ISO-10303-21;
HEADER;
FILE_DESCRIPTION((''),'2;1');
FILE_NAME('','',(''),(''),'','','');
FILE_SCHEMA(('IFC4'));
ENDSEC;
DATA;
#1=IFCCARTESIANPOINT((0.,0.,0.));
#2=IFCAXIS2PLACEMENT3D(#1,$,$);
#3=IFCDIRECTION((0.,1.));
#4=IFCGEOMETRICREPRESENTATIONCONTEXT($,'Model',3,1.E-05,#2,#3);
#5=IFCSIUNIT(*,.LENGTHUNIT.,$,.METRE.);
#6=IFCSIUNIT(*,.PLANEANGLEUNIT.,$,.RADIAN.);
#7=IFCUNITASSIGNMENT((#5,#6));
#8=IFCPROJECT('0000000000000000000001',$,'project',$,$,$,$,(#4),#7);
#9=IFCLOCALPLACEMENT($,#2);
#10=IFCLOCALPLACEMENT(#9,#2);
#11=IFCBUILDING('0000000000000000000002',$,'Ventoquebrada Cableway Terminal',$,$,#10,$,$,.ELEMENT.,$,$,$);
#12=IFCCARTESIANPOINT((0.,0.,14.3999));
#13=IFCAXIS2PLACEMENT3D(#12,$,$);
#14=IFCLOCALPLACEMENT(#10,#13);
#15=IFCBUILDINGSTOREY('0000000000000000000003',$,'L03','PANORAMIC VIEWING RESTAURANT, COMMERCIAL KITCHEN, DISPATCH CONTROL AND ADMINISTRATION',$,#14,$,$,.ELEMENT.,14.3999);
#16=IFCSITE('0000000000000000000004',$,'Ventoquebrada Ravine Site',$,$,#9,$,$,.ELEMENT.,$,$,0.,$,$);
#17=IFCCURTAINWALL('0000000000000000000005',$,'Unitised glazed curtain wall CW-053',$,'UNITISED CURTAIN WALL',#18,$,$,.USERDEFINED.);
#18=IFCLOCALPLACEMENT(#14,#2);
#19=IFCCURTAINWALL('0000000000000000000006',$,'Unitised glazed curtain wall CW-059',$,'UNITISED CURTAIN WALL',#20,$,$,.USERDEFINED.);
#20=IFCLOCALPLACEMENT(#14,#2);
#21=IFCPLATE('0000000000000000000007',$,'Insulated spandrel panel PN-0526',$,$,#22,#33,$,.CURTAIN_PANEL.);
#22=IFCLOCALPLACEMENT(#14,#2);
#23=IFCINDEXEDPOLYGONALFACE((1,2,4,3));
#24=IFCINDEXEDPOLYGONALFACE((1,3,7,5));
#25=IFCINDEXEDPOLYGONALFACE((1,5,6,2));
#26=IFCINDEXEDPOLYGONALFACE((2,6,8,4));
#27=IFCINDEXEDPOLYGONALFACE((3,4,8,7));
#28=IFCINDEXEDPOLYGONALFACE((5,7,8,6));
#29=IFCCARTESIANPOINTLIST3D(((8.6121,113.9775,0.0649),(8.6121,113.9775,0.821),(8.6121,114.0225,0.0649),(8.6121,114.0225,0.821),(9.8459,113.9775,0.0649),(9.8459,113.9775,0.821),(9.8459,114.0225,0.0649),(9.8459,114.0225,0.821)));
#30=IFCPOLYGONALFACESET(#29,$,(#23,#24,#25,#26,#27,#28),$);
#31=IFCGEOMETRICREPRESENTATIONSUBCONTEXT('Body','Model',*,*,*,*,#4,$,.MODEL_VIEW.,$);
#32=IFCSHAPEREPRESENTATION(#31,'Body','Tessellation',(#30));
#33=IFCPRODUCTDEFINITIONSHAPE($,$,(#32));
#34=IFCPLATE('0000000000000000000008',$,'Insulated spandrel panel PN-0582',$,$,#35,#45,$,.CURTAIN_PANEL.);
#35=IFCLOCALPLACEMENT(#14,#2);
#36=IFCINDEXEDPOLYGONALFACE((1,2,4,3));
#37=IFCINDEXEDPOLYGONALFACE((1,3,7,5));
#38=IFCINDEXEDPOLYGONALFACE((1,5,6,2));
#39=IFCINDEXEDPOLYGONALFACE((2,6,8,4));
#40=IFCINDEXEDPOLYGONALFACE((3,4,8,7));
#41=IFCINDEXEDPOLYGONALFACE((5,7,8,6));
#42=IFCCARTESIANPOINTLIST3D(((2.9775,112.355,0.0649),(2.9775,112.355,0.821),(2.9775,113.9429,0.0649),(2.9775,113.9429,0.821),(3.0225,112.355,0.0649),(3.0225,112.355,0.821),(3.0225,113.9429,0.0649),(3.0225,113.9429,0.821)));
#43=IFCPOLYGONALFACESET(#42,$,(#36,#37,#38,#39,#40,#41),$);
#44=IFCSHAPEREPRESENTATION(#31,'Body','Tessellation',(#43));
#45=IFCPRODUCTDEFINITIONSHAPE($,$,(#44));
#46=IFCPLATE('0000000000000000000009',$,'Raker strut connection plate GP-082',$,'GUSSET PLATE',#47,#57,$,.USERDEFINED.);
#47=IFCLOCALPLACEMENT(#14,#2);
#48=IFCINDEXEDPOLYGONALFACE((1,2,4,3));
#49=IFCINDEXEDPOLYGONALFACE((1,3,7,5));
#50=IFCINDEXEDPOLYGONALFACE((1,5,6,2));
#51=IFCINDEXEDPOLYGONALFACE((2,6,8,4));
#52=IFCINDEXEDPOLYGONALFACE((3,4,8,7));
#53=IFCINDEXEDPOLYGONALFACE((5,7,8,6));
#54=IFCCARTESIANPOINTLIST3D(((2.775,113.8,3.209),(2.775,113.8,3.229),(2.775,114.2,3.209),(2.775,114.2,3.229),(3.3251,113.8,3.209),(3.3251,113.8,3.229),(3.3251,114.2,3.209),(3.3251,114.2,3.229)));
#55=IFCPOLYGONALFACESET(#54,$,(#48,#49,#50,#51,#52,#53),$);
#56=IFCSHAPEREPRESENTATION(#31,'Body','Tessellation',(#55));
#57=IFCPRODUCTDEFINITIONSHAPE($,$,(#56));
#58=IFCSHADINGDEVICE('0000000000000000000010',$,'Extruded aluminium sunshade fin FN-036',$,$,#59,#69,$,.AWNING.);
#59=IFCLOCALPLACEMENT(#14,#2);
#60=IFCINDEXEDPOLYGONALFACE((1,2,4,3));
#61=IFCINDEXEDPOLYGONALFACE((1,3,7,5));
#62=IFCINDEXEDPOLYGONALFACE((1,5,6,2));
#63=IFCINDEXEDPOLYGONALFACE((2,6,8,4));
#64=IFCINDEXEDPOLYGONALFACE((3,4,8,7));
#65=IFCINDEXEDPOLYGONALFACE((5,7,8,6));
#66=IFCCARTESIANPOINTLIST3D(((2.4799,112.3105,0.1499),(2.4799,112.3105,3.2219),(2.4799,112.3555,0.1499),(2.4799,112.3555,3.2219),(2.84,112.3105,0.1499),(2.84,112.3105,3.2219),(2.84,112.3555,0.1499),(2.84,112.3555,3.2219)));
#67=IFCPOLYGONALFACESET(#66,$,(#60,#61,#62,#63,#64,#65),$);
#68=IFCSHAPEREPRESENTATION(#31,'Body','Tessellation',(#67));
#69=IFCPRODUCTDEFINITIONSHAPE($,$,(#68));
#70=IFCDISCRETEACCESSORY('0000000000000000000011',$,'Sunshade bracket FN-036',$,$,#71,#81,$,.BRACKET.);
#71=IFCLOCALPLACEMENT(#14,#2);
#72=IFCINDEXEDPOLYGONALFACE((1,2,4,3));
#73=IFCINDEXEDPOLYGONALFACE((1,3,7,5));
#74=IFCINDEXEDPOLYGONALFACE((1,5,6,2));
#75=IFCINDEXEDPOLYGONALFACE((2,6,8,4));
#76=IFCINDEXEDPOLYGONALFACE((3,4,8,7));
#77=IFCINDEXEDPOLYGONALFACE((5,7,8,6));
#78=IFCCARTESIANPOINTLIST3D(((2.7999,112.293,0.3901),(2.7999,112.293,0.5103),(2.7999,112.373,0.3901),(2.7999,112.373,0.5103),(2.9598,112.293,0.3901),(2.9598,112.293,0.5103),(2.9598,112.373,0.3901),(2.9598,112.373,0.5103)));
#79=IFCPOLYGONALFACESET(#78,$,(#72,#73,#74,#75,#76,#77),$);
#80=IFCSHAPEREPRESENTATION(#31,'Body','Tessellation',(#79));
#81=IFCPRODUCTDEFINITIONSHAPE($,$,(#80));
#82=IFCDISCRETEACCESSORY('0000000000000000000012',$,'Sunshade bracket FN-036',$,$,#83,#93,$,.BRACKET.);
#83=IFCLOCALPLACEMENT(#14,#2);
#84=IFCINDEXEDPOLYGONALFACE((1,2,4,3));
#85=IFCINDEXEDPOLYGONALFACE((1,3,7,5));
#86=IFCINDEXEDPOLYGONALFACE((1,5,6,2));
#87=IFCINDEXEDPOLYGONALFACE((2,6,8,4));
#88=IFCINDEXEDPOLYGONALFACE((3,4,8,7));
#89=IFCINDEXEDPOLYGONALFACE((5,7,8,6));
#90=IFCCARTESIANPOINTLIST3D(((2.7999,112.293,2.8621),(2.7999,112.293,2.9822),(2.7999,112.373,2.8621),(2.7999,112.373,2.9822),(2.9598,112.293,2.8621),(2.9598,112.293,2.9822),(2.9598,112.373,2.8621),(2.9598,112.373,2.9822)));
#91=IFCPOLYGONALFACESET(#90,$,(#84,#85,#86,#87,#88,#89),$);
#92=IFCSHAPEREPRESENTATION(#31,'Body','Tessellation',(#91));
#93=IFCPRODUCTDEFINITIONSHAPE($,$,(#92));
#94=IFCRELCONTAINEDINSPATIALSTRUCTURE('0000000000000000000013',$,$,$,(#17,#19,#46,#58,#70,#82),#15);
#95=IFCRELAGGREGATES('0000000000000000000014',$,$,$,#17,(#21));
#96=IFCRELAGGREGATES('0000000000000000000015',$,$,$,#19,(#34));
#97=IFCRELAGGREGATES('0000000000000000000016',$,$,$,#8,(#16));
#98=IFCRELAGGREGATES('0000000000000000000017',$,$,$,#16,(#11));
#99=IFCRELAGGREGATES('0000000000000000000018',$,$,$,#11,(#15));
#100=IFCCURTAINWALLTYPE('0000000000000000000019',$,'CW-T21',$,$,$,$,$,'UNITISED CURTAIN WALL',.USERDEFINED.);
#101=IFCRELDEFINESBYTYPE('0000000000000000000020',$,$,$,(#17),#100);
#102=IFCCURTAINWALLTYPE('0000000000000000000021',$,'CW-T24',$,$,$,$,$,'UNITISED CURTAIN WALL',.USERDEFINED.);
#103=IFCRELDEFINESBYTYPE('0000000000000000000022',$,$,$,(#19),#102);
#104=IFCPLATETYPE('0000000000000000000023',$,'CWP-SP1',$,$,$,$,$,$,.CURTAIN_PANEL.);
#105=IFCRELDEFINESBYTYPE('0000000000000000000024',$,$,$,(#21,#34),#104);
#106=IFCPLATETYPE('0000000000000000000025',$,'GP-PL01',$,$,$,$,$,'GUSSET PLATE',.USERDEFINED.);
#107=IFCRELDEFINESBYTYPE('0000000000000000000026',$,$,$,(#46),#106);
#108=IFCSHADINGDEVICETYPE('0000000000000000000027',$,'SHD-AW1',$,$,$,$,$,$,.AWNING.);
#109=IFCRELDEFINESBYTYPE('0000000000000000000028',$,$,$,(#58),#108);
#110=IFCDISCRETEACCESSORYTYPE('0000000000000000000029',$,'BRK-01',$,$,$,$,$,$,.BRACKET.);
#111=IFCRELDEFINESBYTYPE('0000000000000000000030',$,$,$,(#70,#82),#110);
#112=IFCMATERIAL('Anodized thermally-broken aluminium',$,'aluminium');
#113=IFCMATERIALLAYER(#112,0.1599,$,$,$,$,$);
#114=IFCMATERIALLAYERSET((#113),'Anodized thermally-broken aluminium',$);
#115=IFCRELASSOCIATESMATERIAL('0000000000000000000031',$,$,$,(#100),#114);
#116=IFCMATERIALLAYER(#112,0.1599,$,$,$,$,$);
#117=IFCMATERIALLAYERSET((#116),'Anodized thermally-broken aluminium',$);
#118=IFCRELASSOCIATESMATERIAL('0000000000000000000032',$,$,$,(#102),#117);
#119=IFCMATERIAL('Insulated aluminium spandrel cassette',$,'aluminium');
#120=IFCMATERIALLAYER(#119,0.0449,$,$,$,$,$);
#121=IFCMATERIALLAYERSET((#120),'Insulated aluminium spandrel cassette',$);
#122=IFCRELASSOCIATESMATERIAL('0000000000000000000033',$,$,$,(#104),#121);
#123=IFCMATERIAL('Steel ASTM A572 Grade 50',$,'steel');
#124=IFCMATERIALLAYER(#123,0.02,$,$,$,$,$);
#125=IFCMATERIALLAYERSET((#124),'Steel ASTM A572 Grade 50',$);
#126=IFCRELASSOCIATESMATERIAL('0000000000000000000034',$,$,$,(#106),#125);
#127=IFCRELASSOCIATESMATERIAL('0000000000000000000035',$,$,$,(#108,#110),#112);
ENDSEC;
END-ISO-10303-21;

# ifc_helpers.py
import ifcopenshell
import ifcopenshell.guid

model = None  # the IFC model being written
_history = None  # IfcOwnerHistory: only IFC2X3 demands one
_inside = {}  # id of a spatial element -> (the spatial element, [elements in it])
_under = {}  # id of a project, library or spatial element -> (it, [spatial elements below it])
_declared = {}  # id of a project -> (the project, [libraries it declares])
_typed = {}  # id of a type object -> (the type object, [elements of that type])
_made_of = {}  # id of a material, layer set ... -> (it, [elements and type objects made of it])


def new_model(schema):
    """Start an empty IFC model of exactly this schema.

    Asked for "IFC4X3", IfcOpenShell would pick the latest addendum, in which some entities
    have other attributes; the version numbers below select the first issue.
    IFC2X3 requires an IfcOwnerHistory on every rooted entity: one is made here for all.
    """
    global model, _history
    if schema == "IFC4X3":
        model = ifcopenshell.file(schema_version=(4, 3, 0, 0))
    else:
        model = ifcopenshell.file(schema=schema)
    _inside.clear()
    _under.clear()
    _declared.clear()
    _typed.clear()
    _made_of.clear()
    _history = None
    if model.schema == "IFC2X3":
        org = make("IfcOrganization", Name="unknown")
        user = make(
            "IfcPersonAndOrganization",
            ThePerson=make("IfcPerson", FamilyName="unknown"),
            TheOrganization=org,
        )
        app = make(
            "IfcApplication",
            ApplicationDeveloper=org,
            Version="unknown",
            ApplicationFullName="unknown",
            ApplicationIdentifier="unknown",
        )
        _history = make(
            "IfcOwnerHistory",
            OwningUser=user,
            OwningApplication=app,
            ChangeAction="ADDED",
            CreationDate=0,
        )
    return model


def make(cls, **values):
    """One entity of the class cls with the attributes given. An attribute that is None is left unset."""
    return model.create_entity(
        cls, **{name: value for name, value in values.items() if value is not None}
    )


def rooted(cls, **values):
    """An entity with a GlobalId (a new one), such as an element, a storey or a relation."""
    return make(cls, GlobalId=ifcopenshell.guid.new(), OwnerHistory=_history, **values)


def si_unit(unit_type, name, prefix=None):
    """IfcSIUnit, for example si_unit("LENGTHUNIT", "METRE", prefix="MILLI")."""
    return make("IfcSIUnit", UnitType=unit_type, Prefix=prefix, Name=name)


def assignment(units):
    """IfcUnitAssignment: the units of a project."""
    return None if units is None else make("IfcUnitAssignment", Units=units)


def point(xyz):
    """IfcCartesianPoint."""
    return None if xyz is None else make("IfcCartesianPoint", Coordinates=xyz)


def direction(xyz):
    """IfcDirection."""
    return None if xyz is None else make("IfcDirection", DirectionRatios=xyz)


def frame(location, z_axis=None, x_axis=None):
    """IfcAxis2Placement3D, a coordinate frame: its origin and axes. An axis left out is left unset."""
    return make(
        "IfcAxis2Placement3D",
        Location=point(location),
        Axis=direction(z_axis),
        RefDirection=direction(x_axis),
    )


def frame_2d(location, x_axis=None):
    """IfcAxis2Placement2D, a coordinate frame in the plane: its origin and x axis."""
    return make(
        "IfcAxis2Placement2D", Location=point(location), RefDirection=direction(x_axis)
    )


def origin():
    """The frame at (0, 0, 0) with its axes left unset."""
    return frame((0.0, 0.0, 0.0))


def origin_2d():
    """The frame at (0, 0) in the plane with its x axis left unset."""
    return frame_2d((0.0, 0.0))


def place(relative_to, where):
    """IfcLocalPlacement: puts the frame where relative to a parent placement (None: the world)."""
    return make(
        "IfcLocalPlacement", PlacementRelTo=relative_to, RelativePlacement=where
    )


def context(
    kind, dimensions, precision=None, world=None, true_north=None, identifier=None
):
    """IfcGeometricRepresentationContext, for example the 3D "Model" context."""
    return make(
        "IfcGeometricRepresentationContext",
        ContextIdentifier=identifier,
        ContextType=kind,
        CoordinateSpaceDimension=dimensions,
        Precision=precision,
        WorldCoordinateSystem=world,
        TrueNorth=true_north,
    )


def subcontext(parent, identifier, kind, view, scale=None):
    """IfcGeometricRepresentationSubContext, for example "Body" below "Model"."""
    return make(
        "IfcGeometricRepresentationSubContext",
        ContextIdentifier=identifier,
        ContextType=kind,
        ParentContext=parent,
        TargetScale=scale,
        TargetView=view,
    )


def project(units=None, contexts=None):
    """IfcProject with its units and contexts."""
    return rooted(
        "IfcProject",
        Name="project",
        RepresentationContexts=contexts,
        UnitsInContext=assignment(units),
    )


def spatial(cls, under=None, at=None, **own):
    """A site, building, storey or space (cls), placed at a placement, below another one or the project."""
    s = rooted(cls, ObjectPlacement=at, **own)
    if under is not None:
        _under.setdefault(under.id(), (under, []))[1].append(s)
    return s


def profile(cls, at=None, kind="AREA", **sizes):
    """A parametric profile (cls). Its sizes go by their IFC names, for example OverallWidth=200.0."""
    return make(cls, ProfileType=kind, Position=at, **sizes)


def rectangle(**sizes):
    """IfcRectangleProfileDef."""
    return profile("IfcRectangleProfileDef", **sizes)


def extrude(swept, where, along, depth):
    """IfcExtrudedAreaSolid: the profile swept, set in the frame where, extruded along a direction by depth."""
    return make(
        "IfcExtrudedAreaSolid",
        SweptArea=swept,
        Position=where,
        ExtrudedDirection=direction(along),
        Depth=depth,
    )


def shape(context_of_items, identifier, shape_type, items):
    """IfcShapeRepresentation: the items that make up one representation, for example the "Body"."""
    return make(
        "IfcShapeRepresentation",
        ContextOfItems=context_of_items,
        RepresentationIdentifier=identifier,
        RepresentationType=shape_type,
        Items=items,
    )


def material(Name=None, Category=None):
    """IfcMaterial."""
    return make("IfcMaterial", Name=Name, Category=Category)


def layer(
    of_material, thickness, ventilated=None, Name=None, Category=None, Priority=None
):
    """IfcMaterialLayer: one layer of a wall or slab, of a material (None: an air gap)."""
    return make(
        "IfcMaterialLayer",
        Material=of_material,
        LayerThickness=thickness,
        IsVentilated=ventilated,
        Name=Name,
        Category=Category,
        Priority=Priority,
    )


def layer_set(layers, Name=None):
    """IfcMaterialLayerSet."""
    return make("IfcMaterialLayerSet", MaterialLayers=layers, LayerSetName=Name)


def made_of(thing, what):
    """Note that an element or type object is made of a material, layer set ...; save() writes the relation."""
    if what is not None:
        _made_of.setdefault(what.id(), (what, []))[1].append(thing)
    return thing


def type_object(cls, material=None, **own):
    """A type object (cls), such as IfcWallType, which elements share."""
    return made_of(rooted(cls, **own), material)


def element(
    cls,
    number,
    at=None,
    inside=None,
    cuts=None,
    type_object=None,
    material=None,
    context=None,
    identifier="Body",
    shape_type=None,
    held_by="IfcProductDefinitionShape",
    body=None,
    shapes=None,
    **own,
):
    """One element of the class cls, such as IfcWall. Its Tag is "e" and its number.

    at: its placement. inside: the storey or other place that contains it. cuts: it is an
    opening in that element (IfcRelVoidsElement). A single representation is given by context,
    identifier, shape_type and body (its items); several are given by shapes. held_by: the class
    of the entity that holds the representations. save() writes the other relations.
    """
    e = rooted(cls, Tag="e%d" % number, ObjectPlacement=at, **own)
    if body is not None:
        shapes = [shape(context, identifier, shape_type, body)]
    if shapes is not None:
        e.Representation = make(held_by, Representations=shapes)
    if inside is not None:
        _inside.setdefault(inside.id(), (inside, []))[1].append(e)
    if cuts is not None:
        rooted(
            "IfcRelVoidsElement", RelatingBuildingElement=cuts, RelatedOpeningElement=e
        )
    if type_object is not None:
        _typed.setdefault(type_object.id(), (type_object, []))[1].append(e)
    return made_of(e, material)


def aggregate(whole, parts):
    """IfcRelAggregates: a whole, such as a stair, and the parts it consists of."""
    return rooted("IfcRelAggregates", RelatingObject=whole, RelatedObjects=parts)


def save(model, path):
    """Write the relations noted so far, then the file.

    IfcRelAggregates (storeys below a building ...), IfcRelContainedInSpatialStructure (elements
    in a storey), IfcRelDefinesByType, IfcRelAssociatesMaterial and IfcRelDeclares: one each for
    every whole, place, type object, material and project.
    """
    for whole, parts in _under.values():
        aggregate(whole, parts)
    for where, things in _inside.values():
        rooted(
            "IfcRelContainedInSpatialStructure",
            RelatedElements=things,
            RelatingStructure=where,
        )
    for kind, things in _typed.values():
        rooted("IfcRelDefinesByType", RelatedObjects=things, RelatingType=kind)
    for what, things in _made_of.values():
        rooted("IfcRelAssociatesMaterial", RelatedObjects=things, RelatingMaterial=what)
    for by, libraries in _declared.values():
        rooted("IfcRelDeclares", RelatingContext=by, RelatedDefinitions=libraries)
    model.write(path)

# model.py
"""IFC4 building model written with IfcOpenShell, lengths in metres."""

from ifc_helpers import new_model, si_unit, direction, frame, origin, origin_2d, place, context, subcontext, project, spatial, rectangle, extrude, material, layer, layer_set, type_object, element, aggregate, save


model = new_model("IFC4")

# Units and contexts
model_context = context("Model", 3, precision=1e-05, world=origin(), true_north=direction((0.0, 1.0)))
body_context = subcontext(model_context, "Body", "Model", "MODEL_VIEW")
ifc_project = project(units=[si_unit("LENGTHUNIT", "METRE"), si_unit("PLANEANGLEUNIT", "RADIAN")], contexts=[model_context])

# Site, building, storey
site_placement = place(None, origin())
site = spatial("IfcSite", under=ifc_project, at=site_placement, Name="Ventoquebrada Ravine Site", CompositionType="ELEMENT", RefElevation=0.0)
building_placement = place(site_placement, origin())
building = spatial("IfcBuilding", under=site, at=building_placement, Name="Ventoquebrada Cableway Terminal", CompositionType="ELEMENT")
storey_placement = place(building_placement, frame((0.0, 0.0, 14.3999)))
storey = spatial("IfcBuildingStorey", under=building, at=storey_placement, Name="L03", Description="PANORAMIC VIEWING RESTAURANT, COMMERCIAL KITCHEN, DISPATCH CONTROL AND ADMINISTRATION", CompositionType="ELEMENT", Elevation=14.3999)

# Shared definitions
ifc_material_1 = material(Name="Anodized thermally-broken aluminium", Category="aluminium")

# Curtain wall
ifc_layer_1 = layer(ifc_material_1, 0.1599)
ifc_layer_set_1 = layer_set([ifc_layer_1], Name="Anodized thermally-broken aluminium")
curtain_wall_type_1 = type_object("IfcCurtainWallType", Name="CW-T21", ElementType="UNITISED CURTAIN WALL", PredefinedType="USERDEFINED", material=ifc_layer_set_1)
curtain_wall_1_placement = place(storey_placement, origin())
curtain_wall_1 = element("IfcCurtainWall", 1, at=curtain_wall_1_placement, inside=storey, type_object=curtain_wall_type_1, Name="Unitised glazed curtain wall CW-053", ObjectType="UNITISED CURTAIN WALL", PredefinedType="USERDEFINED")

# Curtain wall
ifc_layer_2 = layer(ifc_material_1, 0.1599)
ifc_layer_set_2 = layer_set([ifc_layer_2], Name="Anodized thermally-broken aluminium")
curtain_wall_type_2 = type_object("IfcCurtainWallType", Name="CW-T24", ElementType="UNITISED CURTAIN WALL", PredefinedType="USERDEFINED", material=ifc_layer_set_2)
curtain_wall_2_placement = place(storey_placement, origin())
curtain_wall_2 = element("IfcCurtainWall", 2, at=curtain_wall_2_placement, inside=storey, type_object=curtain_wall_type_2, Name="Unitised glazed curtain wall CW-059", ObjectType="UNITISED CURTAIN WALL", PredefinedType="USERDEFINED")

# Plates
ifc_material_2 = material(Name="Insulated aluminium spandrel cassette", Category="aluminium")
ifc_layer_3 = layer(ifc_material_2, 0.0449)
ifc_layer_set_3 = layer_set([ifc_layer_3], Name="Insulated aluminium spandrel cassette")
plate_type_1 = type_object("IfcPlateType", Name="CWP-SP1", PredefinedType="CURTAIN_PANEL", material=ifc_layer_set_3)
plate_1_placement = place(storey_placement, frame((9.229, 114.0, 0.0649), z_axis=(0.0, 0.0, 1.0), x_axis=(-1.0, 0.0, 0.0)))
plate_1 = element("IfcPlate", 3, at=plate_1_placement, type_object=plate_type_1, Name="Insulated spandrel panel PN-0526", PredefinedType="CURTAIN_PANEL", context=body_context, shape_type="SweptSolid", body=[
    extrude(rectangle(XDim=1.2339, YDim=0.0449, at=origin_2d()), origin(), (0.0, 0.0, 1.0), 0.7561),
])
aggregate(curtain_wall_1, [plate_1])
plate_2_placement = place(storey_placement, frame((3.0, 113.1489, 0.0649), z_axis=(0.0, 0.0, 1.0), x_axis=(0.0, -1.0, 0.0)))
plate_2 = element("IfcPlate", 4, at=plate_2_placement, type_object=plate_type_1, Name="Insulated spandrel panel PN-0582", PredefinedType="CURTAIN_PANEL", context=body_context, shape_type="SweptSolid", body=[
    extrude(rectangle(XDim=1.5879, YDim=0.0449, at=origin_2d()), origin(), (0.0, 0.0, 1.0), 0.7561),
])
aggregate(curtain_wall_2, [plate_2])
ifc_material_3 = material(Name="Steel ASTM A572 Grade 50", Category="steel")
ifc_layer_4 = layer(ifc_material_3, 0.02)
ifc_layer_set_4 = layer_set([ifc_layer_4], Name="Steel ASTM A572 Grade 50")
plate_type_2 = type_object("IfcPlateType", Name="GP-PL01", ElementType="GUSSET PLATE", PredefinedType="USERDEFINED", material=ifc_layer_set_4)
plate_3_placement = place(storey_placement, frame((3.05, 114.0, 3.209), z_axis=(0.0, 0.0, 1.0), x_axis=(1.0, 0.0, 0.0)))
element("IfcPlate", 5, at=plate_3_placement, inside=storey, type_object=plate_type_2, Name="Raker strut connection plate GP-082", ObjectType="GUSSET PLATE", PredefinedType="USERDEFINED", context=body_context, shape_type="SweptSolid", body=[
    extrude(rectangle(XDim=0.55, YDim=0.3999, at=origin_2d()), origin(), (0.0, 0.0, 1.0), 0.02),
])

# Shading device
shading_device_type = type_object("IfcShadingDeviceType", Name="SHD-AW1", PredefinedType="AWNING", material=ifc_material_1)
shading_device_placement = place(storey_placement, frame((2.6599, 112.333, 0.1499), z_axis=(0.0, 0.0, 1.0), x_axis=(0.0, -1.0, 0.0)))
element("IfcShadingDevice", 6, at=shading_device_placement, inside=storey, type_object=shading_device_type, Name="Extruded aluminium sunshade fin FN-036", PredefinedType="AWNING", context=body_context, shape_type="SweptSolid", body=[
    extrude(rectangle(XDim=0.0449, YDim=0.3601, at=origin_2d()), origin(), (0.0, 0.0, 1.0), 3.072),
])

# Discrete accessories
discrete_accessory_type = type_object("IfcDiscreteAccessoryType", Name="BRK-01", PredefinedType="BRACKET", material=ifc_material_1)
for number, where, z_axis, x_axis, name in (
    (7, (2.8799, 112.333, 0.3901), (0.0, 0.0, 1.0), (0.0, -1.0, 0.0), "Sunshade bracket FN-036"),
    (8, (2.8799, 112.333, 2.8621), (0.0, 0.0, 1.0), (0.0, -1.0, 0.0), "Sunshade bracket FN-036"),
):
    element("IfcDiscreteAccessory", number, at=place(storey_placement, frame(where, z_axis=z_axis, x_axis=x_axis)), inside=storey, type_object=discrete_accessory_type, Name=name, PredefinedType="BRACKET", context=body_context, shape_type="SweptSolid", body=[
        extrude(rectangle(XDim=0.0801, YDim=0.1599, at=origin_2d()), origin(), (0.0, 0.0, 1.0), 0.1201),
    ])

save(model, "model.ifc")
